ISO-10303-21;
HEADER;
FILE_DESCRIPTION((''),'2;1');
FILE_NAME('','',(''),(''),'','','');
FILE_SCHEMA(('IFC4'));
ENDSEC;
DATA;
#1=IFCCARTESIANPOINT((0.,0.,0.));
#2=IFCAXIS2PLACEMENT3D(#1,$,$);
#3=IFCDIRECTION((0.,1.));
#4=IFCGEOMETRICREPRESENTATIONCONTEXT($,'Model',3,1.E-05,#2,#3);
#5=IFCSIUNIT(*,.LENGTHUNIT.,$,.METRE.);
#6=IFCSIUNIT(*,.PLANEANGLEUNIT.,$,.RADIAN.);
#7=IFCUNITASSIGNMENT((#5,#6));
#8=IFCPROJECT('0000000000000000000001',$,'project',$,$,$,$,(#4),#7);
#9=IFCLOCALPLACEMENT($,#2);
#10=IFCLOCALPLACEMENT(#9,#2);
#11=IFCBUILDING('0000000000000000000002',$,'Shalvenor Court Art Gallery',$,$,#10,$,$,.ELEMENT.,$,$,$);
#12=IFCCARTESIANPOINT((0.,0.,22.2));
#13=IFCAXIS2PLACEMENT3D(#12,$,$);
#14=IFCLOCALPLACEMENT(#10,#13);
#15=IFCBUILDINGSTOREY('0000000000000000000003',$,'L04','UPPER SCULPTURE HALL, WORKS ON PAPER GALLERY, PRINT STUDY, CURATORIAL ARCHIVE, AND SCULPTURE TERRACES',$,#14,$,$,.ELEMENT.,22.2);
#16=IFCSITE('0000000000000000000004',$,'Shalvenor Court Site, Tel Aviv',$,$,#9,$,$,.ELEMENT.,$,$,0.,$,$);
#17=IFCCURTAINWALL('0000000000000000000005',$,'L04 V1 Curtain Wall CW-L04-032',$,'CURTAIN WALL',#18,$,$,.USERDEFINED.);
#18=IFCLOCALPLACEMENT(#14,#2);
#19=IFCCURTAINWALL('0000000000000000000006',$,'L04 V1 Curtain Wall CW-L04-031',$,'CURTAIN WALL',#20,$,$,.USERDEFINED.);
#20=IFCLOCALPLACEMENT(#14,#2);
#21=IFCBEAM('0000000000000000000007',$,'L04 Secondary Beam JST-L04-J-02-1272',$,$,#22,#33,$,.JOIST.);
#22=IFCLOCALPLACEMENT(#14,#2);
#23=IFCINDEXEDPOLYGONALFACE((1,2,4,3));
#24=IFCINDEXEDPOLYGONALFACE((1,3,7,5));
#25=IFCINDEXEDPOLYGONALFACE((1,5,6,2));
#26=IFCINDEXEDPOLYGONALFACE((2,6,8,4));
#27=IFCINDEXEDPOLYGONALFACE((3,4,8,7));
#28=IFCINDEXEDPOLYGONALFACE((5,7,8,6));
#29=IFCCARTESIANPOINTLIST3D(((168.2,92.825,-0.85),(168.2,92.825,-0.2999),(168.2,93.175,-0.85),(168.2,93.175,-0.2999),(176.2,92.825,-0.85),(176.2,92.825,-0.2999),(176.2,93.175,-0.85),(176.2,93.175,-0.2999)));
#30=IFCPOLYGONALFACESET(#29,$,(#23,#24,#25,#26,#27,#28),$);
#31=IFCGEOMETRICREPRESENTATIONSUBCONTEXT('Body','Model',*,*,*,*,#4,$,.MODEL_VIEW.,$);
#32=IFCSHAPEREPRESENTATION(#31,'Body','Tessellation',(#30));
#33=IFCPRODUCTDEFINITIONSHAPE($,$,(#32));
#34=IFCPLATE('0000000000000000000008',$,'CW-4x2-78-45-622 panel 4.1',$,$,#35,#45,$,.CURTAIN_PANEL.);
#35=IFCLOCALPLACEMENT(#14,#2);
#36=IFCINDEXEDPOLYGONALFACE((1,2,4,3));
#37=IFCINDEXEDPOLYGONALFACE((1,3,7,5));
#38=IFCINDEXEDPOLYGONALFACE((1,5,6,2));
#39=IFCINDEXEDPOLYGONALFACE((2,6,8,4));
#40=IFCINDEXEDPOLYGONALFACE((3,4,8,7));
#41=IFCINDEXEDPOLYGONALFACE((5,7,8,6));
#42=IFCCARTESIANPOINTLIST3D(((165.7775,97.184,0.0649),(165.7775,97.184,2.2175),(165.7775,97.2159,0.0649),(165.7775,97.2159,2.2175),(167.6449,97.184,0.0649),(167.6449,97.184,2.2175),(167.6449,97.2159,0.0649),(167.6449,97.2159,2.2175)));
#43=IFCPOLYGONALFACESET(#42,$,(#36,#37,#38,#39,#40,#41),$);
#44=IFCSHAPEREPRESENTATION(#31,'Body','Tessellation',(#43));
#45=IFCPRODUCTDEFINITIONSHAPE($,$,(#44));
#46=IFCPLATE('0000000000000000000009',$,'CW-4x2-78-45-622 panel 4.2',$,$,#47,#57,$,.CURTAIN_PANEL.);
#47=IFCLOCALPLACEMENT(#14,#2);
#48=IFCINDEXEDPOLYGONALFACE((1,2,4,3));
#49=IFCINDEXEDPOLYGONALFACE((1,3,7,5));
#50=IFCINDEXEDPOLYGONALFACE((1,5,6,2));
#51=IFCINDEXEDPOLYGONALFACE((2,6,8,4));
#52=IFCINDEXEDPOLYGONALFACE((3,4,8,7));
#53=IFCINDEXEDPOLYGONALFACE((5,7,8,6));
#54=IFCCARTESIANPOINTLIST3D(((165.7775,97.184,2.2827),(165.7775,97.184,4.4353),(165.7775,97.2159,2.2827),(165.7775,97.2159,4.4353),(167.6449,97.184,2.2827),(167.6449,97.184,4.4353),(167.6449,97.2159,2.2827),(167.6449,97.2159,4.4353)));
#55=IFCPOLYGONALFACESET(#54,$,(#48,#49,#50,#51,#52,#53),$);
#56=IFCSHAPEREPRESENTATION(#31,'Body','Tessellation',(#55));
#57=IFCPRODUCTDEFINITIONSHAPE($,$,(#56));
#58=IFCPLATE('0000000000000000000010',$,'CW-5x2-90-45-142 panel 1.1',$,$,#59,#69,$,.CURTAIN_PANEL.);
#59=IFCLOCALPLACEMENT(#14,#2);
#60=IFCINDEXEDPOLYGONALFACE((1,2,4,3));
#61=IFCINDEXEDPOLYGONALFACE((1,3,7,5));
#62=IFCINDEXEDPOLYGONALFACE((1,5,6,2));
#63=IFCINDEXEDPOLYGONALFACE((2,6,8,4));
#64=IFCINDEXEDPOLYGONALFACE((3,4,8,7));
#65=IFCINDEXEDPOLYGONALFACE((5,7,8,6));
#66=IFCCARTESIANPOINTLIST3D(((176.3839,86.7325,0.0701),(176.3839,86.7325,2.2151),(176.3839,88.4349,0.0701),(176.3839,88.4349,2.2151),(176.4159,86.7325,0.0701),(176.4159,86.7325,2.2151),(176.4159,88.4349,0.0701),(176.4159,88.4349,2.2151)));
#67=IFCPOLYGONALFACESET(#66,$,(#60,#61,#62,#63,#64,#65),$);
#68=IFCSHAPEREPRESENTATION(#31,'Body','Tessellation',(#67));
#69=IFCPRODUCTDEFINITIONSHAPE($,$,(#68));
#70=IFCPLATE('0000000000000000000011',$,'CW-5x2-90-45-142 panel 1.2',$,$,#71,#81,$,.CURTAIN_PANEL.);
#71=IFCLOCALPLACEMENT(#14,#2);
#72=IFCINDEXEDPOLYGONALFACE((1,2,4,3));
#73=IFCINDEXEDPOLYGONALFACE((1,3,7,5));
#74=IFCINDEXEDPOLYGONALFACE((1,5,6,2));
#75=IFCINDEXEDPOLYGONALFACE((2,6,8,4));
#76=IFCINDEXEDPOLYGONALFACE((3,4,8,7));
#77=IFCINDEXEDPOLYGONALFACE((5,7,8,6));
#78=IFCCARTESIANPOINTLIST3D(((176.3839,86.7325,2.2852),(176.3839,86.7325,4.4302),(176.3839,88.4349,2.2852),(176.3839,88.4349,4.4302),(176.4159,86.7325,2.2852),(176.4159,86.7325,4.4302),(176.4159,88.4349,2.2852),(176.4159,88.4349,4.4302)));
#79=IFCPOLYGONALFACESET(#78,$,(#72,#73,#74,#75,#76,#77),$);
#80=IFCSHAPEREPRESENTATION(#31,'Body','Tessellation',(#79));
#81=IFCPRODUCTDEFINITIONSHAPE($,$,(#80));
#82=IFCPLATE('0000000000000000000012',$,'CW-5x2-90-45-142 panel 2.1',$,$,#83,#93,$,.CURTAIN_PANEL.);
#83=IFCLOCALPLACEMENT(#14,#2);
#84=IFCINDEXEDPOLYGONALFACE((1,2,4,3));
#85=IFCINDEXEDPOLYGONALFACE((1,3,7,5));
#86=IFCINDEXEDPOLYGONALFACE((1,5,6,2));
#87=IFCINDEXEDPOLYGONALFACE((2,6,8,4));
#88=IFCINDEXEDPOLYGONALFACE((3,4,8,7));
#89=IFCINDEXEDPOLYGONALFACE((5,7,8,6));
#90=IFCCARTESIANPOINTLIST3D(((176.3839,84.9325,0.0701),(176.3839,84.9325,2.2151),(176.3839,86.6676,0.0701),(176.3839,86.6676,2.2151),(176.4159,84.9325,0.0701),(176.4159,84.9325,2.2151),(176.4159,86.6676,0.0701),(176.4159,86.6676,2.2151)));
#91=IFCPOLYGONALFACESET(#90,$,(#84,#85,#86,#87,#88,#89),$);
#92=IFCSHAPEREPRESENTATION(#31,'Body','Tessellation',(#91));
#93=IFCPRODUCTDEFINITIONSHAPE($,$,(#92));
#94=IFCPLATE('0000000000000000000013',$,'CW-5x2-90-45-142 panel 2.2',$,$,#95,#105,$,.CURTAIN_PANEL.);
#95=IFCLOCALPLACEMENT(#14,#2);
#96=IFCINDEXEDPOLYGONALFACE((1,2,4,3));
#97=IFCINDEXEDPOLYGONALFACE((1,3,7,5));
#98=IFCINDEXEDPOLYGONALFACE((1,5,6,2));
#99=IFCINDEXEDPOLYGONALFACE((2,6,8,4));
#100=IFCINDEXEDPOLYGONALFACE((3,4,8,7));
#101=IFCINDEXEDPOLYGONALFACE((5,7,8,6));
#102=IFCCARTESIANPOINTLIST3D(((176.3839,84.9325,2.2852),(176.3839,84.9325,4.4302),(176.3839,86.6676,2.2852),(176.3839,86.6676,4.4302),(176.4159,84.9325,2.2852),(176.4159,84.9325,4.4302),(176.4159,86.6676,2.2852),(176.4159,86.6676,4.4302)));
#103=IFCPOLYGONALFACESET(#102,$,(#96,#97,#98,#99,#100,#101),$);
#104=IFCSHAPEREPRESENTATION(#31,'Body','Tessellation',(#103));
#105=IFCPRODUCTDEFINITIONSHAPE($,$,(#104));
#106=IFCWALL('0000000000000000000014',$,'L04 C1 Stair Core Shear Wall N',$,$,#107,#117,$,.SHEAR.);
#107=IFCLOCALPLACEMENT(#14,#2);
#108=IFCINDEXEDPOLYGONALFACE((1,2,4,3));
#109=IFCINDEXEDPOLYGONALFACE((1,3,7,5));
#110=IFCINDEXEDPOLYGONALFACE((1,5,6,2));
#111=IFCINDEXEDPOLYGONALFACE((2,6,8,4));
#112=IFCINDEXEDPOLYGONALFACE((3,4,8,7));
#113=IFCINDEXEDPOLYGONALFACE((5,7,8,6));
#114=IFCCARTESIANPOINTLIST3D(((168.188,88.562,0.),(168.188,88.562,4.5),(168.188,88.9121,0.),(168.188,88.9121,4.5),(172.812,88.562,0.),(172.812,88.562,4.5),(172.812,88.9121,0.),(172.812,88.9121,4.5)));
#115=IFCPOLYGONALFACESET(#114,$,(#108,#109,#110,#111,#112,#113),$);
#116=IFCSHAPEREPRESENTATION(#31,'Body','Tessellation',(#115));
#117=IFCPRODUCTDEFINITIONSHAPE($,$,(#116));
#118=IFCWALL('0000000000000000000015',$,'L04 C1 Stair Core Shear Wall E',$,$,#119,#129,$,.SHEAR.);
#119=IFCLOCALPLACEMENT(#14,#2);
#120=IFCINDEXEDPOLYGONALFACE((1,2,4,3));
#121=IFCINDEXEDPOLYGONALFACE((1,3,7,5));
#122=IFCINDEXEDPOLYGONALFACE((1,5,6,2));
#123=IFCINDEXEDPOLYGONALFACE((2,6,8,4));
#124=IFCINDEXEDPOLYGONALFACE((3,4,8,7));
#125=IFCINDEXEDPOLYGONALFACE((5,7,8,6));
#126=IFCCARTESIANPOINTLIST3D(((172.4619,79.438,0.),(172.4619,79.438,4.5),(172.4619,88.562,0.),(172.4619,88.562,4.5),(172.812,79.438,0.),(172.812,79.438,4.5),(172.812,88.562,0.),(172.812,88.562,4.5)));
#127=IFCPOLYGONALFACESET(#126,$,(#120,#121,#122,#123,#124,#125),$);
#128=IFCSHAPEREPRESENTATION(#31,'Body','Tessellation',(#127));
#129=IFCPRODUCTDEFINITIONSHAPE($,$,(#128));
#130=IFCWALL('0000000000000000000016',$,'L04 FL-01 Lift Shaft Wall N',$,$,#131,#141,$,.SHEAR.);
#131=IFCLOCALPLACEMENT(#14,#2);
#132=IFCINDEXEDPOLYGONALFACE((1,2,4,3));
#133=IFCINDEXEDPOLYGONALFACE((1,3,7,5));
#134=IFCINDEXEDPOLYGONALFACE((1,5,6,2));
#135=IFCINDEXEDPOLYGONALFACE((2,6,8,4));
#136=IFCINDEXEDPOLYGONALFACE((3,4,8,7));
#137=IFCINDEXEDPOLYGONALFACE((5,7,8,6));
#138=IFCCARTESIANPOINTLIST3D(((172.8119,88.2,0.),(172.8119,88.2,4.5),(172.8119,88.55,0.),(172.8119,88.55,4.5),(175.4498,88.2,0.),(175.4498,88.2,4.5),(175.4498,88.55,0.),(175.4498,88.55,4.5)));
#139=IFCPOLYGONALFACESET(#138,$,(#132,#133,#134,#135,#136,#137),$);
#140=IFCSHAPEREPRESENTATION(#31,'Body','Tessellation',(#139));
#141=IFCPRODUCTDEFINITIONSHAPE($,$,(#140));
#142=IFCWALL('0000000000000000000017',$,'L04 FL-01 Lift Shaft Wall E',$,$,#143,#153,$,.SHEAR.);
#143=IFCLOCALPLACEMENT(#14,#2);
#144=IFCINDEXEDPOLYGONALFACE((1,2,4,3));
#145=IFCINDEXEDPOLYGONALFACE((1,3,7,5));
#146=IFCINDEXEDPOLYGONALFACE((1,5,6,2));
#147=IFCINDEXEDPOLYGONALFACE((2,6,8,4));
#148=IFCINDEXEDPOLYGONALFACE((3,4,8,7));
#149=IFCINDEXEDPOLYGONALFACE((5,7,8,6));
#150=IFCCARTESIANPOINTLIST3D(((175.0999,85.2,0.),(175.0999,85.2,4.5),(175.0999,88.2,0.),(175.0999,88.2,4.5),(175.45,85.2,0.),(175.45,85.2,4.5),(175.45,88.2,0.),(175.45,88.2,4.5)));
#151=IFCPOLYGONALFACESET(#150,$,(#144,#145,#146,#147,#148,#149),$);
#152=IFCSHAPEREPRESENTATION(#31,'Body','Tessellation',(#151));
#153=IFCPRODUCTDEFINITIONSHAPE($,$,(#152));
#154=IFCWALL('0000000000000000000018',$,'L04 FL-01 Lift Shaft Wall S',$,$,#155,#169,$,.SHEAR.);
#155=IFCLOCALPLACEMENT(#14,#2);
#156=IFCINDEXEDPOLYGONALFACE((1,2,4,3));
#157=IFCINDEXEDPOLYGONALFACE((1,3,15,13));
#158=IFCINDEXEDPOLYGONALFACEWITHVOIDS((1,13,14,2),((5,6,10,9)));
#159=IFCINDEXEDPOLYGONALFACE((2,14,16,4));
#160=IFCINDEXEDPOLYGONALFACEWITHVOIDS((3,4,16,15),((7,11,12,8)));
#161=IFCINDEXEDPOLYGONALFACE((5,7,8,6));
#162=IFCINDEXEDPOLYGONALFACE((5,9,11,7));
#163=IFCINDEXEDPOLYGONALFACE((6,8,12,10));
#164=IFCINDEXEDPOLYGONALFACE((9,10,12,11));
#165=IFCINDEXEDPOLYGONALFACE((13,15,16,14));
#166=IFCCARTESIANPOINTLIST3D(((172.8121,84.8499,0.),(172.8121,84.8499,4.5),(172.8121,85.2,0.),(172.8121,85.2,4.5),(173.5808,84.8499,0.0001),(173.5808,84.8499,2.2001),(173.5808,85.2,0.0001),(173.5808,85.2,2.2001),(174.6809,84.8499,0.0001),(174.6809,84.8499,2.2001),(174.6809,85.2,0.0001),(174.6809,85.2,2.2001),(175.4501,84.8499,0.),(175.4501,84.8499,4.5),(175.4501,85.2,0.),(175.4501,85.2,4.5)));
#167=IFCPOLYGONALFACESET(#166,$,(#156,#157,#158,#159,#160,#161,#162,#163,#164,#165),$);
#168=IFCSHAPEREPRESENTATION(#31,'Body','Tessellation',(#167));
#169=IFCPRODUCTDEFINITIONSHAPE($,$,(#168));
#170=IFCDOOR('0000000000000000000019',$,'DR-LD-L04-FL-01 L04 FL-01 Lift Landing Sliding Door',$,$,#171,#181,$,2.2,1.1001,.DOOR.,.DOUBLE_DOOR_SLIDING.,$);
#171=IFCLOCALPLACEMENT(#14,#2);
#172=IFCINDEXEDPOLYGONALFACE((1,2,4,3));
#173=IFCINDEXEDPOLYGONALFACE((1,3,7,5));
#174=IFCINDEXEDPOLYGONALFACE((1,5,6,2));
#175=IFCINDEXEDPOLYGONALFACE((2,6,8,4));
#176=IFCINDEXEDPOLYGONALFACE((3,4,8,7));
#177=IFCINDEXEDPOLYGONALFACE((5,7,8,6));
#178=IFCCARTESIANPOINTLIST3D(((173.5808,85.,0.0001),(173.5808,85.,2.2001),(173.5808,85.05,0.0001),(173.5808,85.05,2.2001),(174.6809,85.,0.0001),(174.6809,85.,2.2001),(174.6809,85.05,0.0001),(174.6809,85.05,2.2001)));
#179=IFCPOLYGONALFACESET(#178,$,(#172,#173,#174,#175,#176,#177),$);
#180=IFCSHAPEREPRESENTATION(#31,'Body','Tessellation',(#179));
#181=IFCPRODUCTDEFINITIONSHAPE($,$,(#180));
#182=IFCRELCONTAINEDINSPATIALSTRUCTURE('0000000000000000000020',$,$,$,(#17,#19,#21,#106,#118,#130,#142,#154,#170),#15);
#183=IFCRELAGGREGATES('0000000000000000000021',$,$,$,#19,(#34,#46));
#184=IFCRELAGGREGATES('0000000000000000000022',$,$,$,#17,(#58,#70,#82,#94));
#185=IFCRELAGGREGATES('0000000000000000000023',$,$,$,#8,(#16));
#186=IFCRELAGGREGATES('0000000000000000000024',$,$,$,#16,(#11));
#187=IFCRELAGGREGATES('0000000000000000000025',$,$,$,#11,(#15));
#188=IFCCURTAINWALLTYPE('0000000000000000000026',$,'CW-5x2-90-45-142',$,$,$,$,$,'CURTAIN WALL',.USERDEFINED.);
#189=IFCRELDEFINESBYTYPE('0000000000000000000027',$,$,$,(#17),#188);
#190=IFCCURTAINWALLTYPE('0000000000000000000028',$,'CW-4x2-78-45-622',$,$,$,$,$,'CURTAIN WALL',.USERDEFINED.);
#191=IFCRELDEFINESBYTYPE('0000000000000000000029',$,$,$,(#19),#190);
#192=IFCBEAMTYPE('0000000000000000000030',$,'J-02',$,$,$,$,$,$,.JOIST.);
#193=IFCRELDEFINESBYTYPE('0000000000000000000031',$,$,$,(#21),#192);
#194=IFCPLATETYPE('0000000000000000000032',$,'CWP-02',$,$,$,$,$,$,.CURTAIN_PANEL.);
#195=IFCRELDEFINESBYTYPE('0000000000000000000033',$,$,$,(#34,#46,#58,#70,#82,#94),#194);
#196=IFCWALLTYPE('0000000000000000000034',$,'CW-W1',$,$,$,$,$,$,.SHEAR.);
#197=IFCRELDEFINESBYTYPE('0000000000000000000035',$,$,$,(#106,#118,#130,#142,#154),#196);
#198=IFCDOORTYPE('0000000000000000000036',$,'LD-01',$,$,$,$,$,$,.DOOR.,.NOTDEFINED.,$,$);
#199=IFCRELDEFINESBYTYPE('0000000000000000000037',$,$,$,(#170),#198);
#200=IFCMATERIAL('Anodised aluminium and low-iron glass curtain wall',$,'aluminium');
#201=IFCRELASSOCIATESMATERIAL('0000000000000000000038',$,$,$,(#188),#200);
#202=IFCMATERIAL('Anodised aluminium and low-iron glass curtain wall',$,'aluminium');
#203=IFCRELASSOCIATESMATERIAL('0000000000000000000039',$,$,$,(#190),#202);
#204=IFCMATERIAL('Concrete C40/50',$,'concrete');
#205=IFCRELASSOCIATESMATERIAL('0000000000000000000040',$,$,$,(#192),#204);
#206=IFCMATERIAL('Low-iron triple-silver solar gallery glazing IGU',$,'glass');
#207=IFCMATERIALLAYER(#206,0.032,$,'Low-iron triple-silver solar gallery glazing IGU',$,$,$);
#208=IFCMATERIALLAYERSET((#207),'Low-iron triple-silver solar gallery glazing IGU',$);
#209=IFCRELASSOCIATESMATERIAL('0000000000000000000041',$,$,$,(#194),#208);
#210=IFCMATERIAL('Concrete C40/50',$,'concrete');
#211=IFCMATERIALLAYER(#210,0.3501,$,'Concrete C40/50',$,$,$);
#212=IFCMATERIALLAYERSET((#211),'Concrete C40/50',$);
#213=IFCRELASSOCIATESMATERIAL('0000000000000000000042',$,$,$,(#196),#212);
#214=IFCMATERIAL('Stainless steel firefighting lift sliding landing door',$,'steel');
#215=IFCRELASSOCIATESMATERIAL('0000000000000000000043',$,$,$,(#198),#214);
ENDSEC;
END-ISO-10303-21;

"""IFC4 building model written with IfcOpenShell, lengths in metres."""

from ifc_helpers import new_model, si_unit, direction, frame, frame_2d, origin, origin_2d, place, context, subcontext, project, spatial, rectangle, extrude, material, layer, layer_set, material_profile, profile_set, type_object, element, fill, aggregate, save


model = new_model("IFC4")

# Units and contexts
model_context = context("Model", 3, precision=1e-05, world=origin(), true_north=direction((0.0, 1.0)))
body_context = subcontext(model_context, "Body", "Model", "MODEL_VIEW")
ifc_project = project(units=[si_unit("LENGTHUNIT", "METRE"), si_unit("PLANEANGLEUNIT", "RADIAN")], contexts=[model_context])

# Site, building, storey
site_placement = place(None, origin())
site = spatial("IfcSite", under=ifc_project, at=site_placement, Name="Shalvenor Court Site, Tel Aviv", CompositionType="ELEMENT", RefElevation=0.0)
building_placement = place(site_placement, origin())
building = spatial("IfcBuilding", under=site, at=building_placement, Name="Shalvenor Court Art Gallery", CompositionType="ELEMENT")
storey_placement = place(building_placement, frame((0.0, 0.0, 22.2)))
storey = spatial("IfcBuildingStorey", under=building, at=storey_placement, Name="L04", Description="UPPER SCULPTURE HALL, WORKS ON PAPER GALLERY, PRINT STUDY, CURATORIAL ARCHIVE, AND SCULPTURE TERRACES", CompositionType="ELEMENT", Elevation=22.2)

# Curtain wall
ifc_material_1 = material(Name="Anodised aluminium and low-iron glass curtain wall", Category="aluminium")
curtain_wall_type_1 = type_object("IfcCurtainWallType", Name="CW-5x2-90-45-142", ElementType="CURTAIN WALL", PredefinedType="USERDEFINED", material=ifc_material_1)
curtain_wall_1_placement = place(storey_placement, origin())
curtain_wall_1 = element("IfcCurtainWall", 1, at=curtain_wall_1_placement, inside=storey, type_object=curtain_wall_type_1, Name="L04 V1 Curtain Wall CW-L04-032", ObjectType="CURTAIN WALL", PredefinedType="USERDEFINED")

# Curtain wall
ifc_material_2 = material(Name="Anodised aluminium and low-iron glass curtain wall", Category="aluminium")
curtain_wall_type_2 = type_object("IfcCurtainWallType", Name="CW-4x2-78-45-622", ElementType="CURTAIN WALL", PredefinedType="USERDEFINED", material=ifc_material_2)
curtain_wall_2_placement = place(storey_placement, origin())
curtain_wall_2 = element("IfcCurtainWall", 2, at=curtain_wall_2_placement, inside=storey, type_object=curtain_wall_type_2, Name="L04 V1 Curtain Wall CW-L04-031", ObjectType="CURTAIN WALL", PredefinedType="USERDEFINED")

# Beam
ifc_material_3 = material(Name="Concrete C40/50", Category="concrete")
ifc_material_profile_1 = material_profile(ifc_material_3, rectangle(XDim=0.3501, YDim=0.55, at=origin_2d()), Name="RC 350x550")
ifc_profile_set_1 = profile_set([ifc_material_profile_1], Name="Concrete C40/50")
beam_type_1 = type_object("IfcBeamType", Name="J-02", PredefinedType="JOIST", material=ifc_profile_set_1)
beam_placement = place(storey_placement, frame((168.2, 93.0, -0.575), z_axis=(1.0, 0.0, 0.0), x_axis=(0.0, 1.0, 0.0)))
element("IfcBeam", 3, at=beam_placement, inside=storey, type_object=beam_type_1, Name="L04 Secondary Beam JST-L04-J-02-1272", PredefinedType="JOIST", context=body_context, shape_type="SweptSolid", body=[
    extrude(rectangle(XDim=0.3501, YDim=0.55, at=origin_2d()), origin(), (0.0, 0.0, 1.0), 8.0),
])

# Plates
ifc_material_4 = material(Name="Low-iron triple-silver solar gallery glazing IGU", Category="glass")
ifc_layer_1 = layer(ifc_material_4, 0.032, Name="Low-iron triple-silver solar gallery glazing IGU")
ifc_layer_set_1 = layer_set([ifc_layer_1], Name="Low-iron triple-silver solar gallery glazing IGU")
plate_type = type_object("IfcPlateType", Name="CWP-02", PredefinedType="CURTAIN_PANEL", material=ifc_layer_set_1)
plate_1_placement = place(storey_placement, frame((166.7112, 97.2, 0.0649), z_axis=(0.0, 0.0, 1.0), x_axis=(1.0, 0.0, 0.0)))
plate_1 = element("IfcPlate", 4, at=plate_1_placement, type_object=plate_type, Name="CW-4x2-78-45-622 panel 4.1", PredefinedType="CURTAIN_PANEL", context=body_context, shape_type="SweptSolid", body=[
    extrude(rectangle(XDim=1.8674, YDim=0.032, at=origin_2d()), origin(), (0.0, 0.0, 1.0), 2.1526),
])
plate_2_placement = place(storey_placement, frame((166.7112, 97.2, 2.2827), z_axis=(0.0, 0.0, 1.0), x_axis=(1.0, 0.0, 0.0)))
plate_2 = element("IfcPlate", 5, at=plate_2_placement, type_object=plate_type, Name="CW-4x2-78-45-622 panel 4.2", PredefinedType="CURTAIN_PANEL", context=body_context, shape_type="SweptSolid", body=[
    extrude(rectangle(XDim=1.8674, YDim=0.032, at=origin_2d()), origin(), (0.0, 0.0, 1.0), 2.1526),
])
aggregate(curtain_wall_2, [plate_1, plate_2])
plate_3_placement = place(storey_placement, frame((176.3999, 87.5837, 0.0701), z_axis=(0.0, 0.0, 1.0), x_axis=(0.0, -1.0, 0.0)))
plate_3 = element("IfcPlate", 6, at=plate_3_placement, type_object=plate_type, Name="CW-5x2-90-45-142 panel 1.1", PredefinedType="CURTAIN_PANEL", context=body_context, shape_type="SweptSolid", body=[
    extrude(rectangle(XDim=1.7024, YDim=0.032, at=origin_2d()), origin(), (0.0, 0.0, 1.0), 2.145),
])
plate_4_placement = place(storey_placement, frame((176.3999, 87.5837, 2.2852), z_axis=(0.0, 0.0, 1.0), x_axis=(0.0, -1.0, 0.0)))
plate_4 = element("IfcPlate", 7, at=plate_4_placement, type_object=plate_type, Name="CW-5x2-90-45-142 panel 1.2", PredefinedType="CURTAIN_PANEL", context=body_context, shape_type="SweptSolid", body=[
    extrude(rectangle(XDim=1.7024, YDim=0.032, at=origin_2d()), origin(), (0.0, 0.0, 1.0), 2.145),
])
plate_5_placement = place(storey_placement, frame((176.3999, 85.8, 0.0701), z_axis=(0.0, 0.0, 1.0), x_axis=(0.0, -1.0, 0.0)))
plate_5 = element("IfcPlate", 8, at=plate_5_placement, type_object=plate_type, Name="CW-5x2-90-45-142 panel 2.1", PredefinedType="CURTAIN_PANEL", context=body_context, shape_type="SweptSolid", body=[
    extrude(rectangle(XDim=1.7351, YDim=0.032, at=origin_2d()), origin(), (0.0, 0.0, 1.0), 2.145),
])
plate_6_placement = place(storey_placement, frame((176.3999, 85.8, 2.2852), z_axis=(0.0, 0.0, 1.0), x_axis=(0.0, -1.0, 0.0)))
plate_6 = element("IfcPlate", 9, at=plate_6_placement, type_object=plate_type, Name="CW-5x2-90-45-142 panel 2.2", PredefinedType="CURTAIN_PANEL", context=body_context, shape_type="SweptSolid", body=[
    extrude(rectangle(XDim=1.7351, YDim=0.032, at=origin_2d()), origin(), (0.0, 0.0, 1.0), 2.145),
])
aggregate(curtain_wall_1, [plate_3, plate_4, plate_5, plate_6])

# Walls
ifc_material_5 = material(Name="Concrete C40/50", Category="concrete")
ifc_layer_2 = layer(ifc_material_5, 0.3501, Name="Concrete C40/50")
ifc_layer_set_2 = layer_set([ifc_layer_2], Name="Concrete C40/50")
wall_type_1 = type_object("IfcWallType", Name="CW-W1", PredefinedType="SHEAR", material=ifc_layer_set_2)
wall_1_placement = place(storey_placement, frame((168.188, 88.7371, 0.0), z_axis=(0.0, 0.0, 1.0), x_axis=(1.0, 0.0, 0.0)))
element("IfcWall", 10, at=wall_1_placement, inside=storey, type_object=wall_type_1, Name="L04 C1 Stair Core Shear Wall N", PredefinedType="SHEAR", context=body_context, shape_type="SweptSolid", body=[
    extrude(rectangle(XDim=4.624, YDim=0.3501, at=frame_2d((2.312, 0.0))), origin(), (0.0, 0.0, 1.0), 4.5),
])
wall_2_placement = place(storey_placement, frame((172.637, 88.562, 0.0), z_axis=(0.0, 0.0, 1.0), x_axis=(0.0, -1.0, 0.0)))
element("IfcWall", 11, at=wall_2_placement, inside=storey, type_object=wall_type_1, Name="L04 C1 Stair Core Shear Wall E", PredefinedType="SHEAR", context=body_context, shape_type="SweptSolid", body=[
    extrude(rectangle(XDim=9.124, YDim=0.3501, at=frame_2d((4.562, 0.0))), origin(), (0.0, 0.0, 1.0), 4.5),
])
wall_3_placement = place(storey_placement, frame((172.812, 88.375, 0.0), z_axis=(0.0, 0.0, 1.0), x_axis=(1.0, 0.0, 0.0)))
element("IfcWall", 12, at=wall_3_placement, inside=storey, type_object=wall_type_1, Name="L04 FL-01 Lift Shaft Wall N", PredefinedType="SHEAR", context=body_context, shape_type="SweptSolid", body=[
    extrude(rectangle(XDim=2.6379, YDim=0.3501, at=frame_2d((1.3188, 0.0))), origin(), (0.0, 0.0, 1.0), 4.5),
])
wall_4_placement = place(storey_placement, frame((175.2749, 88.2, 0.0), z_axis=(0.0, 0.0, 1.0), x_axis=(0.0, -1.0, 0.0)))
element("IfcWall", 13, at=wall_4_placement, inside=storey, type_object=wall_type_1, Name="L04 FL-01 Lift Shaft Wall E", PredefinedType="SHEAR", context=body_context, shape_type="SweptSolid", body=[
    extrude(rectangle(XDim=3.0, YDim=0.3501, at=frame_2d((1.5, 0.0))), origin(), (0.0, 0.0, 1.0), 4.5),
])

# Wall, opening, door
wall_5_placement = place(storey_placement, frame((175.45, 85.0249, 0.0), z_axis=(0.0, 0.0, 1.0), x_axis=(-1.0, 0.0, 0.0)))
wall_5 = element("IfcWall", 14, at=wall_5_placement, inside=storey, type_object=wall_type_1, Name="L04 FL-01 Lift Shaft Wall S", PredefinedType="SHEAR", context=body_context, shape_type="SweptSolid", body=[
    extrude(rectangle(XDim=2.6379, YDim=0.3501, at=frame_2d((1.3188, 0.0))), origin(), (0.0, 0.0, 1.0), 4.5),
])
opening_1_placement = place(wall_5_placement, frame((0.769, 0.0, 0.0)))
opening_1 = element("IfcOpeningElement", 15, at=opening_1_placement, cuts=wall_5, PredefinedType="OPENING", context=body_context, shape_type="SweptSolid", body=[
    extrude(rectangle(XDim=1.1001, YDim=2.2, at=frame_2d((0.55, 1.1001))), frame((0.0, 0.1851, 0.0), z_axis=(0.0, -1.0, 0.0), x_axis=(1.0, 0.0, 0.0)), (0.0, 0.0, 1.0), 0.3701),
])
ifc_material_6 = material(Name="Stainless steel firefighting lift sliding landing door", Category="steel")
door_type = type_object("IfcDoorType", Name="LD-01", OperationType="NOTDEFINED", PredefinedType="DOOR", material=ifc_material_6)
door_placement = place(opening_1_placement, origin())
door = element("IfcDoor", 16, at=door_placement, inside=storey, type_object=door_type, Name="DR-LD-L04-FL-01 L04 FL-01 Lift Landing Sliding Door", OperationType="DOUBLE_DOOR_SLIDING", OverallHeight=2.2, OverallWidth=1.1001, PredefinedType="DOOR", context=body_context, shape_type="SweptSolid", body=[
    extrude(rectangle(XDim=1.1001, YDim=2.2, at=frame_2d((0.55, 1.1001))), frame((0.0, 0.0249, 0.0), z_axis=(0.0, -1.0, 0.0), x_axis=(1.0, 0.0, 0.0)), (0.0, 0.0, 1.0), 0.05),
])
fill(opening_1, door)

save(model, "model.ifc")
